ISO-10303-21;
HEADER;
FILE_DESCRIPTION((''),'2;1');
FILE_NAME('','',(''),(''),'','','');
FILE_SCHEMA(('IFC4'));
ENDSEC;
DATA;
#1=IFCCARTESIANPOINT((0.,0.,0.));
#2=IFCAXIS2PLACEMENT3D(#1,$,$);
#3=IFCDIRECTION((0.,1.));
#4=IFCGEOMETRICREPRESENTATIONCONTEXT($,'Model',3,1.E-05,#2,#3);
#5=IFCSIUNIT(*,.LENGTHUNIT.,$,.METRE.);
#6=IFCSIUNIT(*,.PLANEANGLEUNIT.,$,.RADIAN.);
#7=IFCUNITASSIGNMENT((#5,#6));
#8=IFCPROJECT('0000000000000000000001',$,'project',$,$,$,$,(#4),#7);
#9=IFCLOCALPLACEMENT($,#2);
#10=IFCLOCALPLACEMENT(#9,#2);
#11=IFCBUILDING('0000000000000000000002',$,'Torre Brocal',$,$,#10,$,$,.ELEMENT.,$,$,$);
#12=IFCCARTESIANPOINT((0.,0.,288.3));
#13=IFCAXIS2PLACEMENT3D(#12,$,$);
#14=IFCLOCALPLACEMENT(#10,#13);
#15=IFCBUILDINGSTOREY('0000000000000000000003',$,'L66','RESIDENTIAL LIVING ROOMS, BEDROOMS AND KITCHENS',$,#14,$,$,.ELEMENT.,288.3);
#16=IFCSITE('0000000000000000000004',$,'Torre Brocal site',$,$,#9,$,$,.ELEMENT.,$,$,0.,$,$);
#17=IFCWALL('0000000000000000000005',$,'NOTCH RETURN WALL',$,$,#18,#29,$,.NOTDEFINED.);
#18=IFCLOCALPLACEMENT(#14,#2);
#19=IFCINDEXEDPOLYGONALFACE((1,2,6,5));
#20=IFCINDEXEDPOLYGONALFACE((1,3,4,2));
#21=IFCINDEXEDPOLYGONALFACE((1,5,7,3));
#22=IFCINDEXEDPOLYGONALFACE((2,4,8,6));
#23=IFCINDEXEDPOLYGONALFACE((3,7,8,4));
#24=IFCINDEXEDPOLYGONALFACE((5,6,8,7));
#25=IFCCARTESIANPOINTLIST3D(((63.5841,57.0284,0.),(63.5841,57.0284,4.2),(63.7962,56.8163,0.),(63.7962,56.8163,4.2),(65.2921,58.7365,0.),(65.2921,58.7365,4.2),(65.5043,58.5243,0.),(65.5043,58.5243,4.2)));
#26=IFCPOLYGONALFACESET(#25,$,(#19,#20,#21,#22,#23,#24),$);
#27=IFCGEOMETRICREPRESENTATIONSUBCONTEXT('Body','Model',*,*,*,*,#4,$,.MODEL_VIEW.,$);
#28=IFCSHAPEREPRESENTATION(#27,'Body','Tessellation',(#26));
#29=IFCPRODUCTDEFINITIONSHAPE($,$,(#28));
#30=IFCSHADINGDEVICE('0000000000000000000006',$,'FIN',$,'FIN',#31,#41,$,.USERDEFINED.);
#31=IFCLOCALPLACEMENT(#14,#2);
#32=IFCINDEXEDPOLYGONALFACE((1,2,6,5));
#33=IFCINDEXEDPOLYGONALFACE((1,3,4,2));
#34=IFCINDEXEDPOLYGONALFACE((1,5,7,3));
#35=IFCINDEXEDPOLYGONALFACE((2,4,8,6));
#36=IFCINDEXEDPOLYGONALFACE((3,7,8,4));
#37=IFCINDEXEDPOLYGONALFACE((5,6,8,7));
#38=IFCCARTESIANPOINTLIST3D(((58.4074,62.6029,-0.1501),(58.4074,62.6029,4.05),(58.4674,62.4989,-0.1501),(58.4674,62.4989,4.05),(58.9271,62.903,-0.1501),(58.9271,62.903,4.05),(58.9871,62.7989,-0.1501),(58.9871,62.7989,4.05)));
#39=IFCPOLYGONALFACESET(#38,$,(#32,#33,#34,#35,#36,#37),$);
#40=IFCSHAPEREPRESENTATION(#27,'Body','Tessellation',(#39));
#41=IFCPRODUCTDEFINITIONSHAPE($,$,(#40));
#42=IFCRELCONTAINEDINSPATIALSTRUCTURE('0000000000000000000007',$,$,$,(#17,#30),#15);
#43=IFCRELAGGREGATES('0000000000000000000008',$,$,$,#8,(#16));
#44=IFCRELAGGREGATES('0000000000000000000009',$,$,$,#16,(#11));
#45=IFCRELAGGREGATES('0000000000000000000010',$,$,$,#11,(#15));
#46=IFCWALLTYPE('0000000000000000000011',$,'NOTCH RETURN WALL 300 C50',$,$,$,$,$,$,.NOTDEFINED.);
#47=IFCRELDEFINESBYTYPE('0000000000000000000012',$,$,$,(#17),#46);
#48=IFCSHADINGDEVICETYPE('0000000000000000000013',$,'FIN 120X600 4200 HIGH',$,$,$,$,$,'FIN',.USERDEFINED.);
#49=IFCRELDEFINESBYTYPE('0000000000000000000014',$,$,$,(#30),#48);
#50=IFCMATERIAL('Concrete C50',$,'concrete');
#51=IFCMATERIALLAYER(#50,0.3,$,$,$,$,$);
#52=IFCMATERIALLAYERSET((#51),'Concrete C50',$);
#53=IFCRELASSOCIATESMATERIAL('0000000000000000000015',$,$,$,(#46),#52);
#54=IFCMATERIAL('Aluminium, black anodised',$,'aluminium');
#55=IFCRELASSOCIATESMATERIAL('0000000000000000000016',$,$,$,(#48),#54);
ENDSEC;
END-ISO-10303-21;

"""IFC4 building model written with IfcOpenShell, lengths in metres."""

from ifc_helpers import new_model, si_unit, direction, frame, frame_2d, origin, origin_2d, place, context, subcontext, project, spatial, rectangle, extrude, material, layer, layer_set, material_profile, profile_set, type_object, element, save


model = new_model("IFC4")

# Units and contexts
model_context = context("Model", 3, precision=1e-05, world=origin(), true_north=direction((0.0, 1.0)))
body_context = subcontext(model_context, "Body", "Model", "MODEL_VIEW")
ifc_project = project(units=[si_unit("LENGTHUNIT", "METRE"), si_unit("PLANEANGLEUNIT", "RADIAN")], contexts=[model_context])

# Site, building, storey
site_placement = place(None, origin())
site = spatial("IfcSite", under=ifc_project, at=site_placement, Name="Torre Brocal site", CompositionType="ELEMENT", RefElevation=0.0)
building_placement = place(site_placement, origin())
building = spatial("IfcBuilding", under=site, at=building_placement, Name="Torre Brocal", CompositionType="ELEMENT")
storey_placement = place(building_placement, frame((0.0, 0.0, 288.3)))
storey = spatial("IfcBuildingStorey", under=building, at=storey_placement, Name="L66", Description="RESIDENTIAL LIVING ROOMS, BEDROOMS AND KITCHENS", CompositionType="ELEMENT", Elevation=288.3)

# Wall
ifc_material_1 = material(Name="Concrete C50", Category="concrete")
ifc_layer_1 = layer(ifc_material_1, 0.3)
ifc_layer_set_1 = layer_set([ifc_layer_1], Name="Concrete C50")
wall_type = type_object("IfcWallType", Name="NOTCH RETURN WALL 300 C50", PredefinedType="NOTDEFINED", material=ifc_layer_set_1)
for number, where, z_axis, x_axis, name in (
    (1, (65.3982, 58.6304, 0.0), (0.0, 0.0, 1.0), (-0.707107, -0.707107, 0.0), "NOTCH RETURN WALL"),
):
    element("IfcWall", number, at=place(storey_placement, frame(where, z_axis=z_axis, x_axis=x_axis)), inside=storey, type_object=wall_type, Name=name, PredefinedType="NOTDEFINED", context=body_context, shape_type="SweptSolid", body=[
        extrude(rectangle(XDim=2.4155, YDim=0.3, at=frame_2d((1.2078, 0.0))), origin(), (0.0, 0.0, 1.0), 4.2),
    ])

# Shading device
ifc_material_2 = material(Name="Aluminium, black anodised", Category="aluminium")
ifc_material_profile_1 = material_profile(ifc_material_2, rectangle(XDim=0.1201, YDim=0.6001, at=origin_2d()), Name="FIN 120X600 4200 HIGH")
ifc_profile_set_1 = profile_set([ifc_material_profile_1], Name="Aluminium, black anodised")
shading_device_type = type_object("IfcShadingDeviceType", Name="FIN 120X600 4200 HIGH", ElementType="FIN", PredefinedType="USERDEFINED", material=ifc_profile_set_1)
shading_device_placement = place(storey_placement, frame((58.6973, 62.7009, -0.1501), z_axis=(0.0, 0.0, 1.0), x_axis=(0.5, -0.866025, 0.0)))
element("IfcShadingDevice", 2, at=shading_device_placement, inside=storey, type_object=shading_device_type, Name="FIN", ObjectType="FIN", PredefinedType="USERDEFINED", context=body_context, shape_type="SweptSolid", body=[
    extrude(rectangle(XDim=0.1201, YDim=0.6001, at=origin_2d()), origin(), (0.0, 0.0, 1.0), 4.2002),
])

save(model, "model.ifc")
